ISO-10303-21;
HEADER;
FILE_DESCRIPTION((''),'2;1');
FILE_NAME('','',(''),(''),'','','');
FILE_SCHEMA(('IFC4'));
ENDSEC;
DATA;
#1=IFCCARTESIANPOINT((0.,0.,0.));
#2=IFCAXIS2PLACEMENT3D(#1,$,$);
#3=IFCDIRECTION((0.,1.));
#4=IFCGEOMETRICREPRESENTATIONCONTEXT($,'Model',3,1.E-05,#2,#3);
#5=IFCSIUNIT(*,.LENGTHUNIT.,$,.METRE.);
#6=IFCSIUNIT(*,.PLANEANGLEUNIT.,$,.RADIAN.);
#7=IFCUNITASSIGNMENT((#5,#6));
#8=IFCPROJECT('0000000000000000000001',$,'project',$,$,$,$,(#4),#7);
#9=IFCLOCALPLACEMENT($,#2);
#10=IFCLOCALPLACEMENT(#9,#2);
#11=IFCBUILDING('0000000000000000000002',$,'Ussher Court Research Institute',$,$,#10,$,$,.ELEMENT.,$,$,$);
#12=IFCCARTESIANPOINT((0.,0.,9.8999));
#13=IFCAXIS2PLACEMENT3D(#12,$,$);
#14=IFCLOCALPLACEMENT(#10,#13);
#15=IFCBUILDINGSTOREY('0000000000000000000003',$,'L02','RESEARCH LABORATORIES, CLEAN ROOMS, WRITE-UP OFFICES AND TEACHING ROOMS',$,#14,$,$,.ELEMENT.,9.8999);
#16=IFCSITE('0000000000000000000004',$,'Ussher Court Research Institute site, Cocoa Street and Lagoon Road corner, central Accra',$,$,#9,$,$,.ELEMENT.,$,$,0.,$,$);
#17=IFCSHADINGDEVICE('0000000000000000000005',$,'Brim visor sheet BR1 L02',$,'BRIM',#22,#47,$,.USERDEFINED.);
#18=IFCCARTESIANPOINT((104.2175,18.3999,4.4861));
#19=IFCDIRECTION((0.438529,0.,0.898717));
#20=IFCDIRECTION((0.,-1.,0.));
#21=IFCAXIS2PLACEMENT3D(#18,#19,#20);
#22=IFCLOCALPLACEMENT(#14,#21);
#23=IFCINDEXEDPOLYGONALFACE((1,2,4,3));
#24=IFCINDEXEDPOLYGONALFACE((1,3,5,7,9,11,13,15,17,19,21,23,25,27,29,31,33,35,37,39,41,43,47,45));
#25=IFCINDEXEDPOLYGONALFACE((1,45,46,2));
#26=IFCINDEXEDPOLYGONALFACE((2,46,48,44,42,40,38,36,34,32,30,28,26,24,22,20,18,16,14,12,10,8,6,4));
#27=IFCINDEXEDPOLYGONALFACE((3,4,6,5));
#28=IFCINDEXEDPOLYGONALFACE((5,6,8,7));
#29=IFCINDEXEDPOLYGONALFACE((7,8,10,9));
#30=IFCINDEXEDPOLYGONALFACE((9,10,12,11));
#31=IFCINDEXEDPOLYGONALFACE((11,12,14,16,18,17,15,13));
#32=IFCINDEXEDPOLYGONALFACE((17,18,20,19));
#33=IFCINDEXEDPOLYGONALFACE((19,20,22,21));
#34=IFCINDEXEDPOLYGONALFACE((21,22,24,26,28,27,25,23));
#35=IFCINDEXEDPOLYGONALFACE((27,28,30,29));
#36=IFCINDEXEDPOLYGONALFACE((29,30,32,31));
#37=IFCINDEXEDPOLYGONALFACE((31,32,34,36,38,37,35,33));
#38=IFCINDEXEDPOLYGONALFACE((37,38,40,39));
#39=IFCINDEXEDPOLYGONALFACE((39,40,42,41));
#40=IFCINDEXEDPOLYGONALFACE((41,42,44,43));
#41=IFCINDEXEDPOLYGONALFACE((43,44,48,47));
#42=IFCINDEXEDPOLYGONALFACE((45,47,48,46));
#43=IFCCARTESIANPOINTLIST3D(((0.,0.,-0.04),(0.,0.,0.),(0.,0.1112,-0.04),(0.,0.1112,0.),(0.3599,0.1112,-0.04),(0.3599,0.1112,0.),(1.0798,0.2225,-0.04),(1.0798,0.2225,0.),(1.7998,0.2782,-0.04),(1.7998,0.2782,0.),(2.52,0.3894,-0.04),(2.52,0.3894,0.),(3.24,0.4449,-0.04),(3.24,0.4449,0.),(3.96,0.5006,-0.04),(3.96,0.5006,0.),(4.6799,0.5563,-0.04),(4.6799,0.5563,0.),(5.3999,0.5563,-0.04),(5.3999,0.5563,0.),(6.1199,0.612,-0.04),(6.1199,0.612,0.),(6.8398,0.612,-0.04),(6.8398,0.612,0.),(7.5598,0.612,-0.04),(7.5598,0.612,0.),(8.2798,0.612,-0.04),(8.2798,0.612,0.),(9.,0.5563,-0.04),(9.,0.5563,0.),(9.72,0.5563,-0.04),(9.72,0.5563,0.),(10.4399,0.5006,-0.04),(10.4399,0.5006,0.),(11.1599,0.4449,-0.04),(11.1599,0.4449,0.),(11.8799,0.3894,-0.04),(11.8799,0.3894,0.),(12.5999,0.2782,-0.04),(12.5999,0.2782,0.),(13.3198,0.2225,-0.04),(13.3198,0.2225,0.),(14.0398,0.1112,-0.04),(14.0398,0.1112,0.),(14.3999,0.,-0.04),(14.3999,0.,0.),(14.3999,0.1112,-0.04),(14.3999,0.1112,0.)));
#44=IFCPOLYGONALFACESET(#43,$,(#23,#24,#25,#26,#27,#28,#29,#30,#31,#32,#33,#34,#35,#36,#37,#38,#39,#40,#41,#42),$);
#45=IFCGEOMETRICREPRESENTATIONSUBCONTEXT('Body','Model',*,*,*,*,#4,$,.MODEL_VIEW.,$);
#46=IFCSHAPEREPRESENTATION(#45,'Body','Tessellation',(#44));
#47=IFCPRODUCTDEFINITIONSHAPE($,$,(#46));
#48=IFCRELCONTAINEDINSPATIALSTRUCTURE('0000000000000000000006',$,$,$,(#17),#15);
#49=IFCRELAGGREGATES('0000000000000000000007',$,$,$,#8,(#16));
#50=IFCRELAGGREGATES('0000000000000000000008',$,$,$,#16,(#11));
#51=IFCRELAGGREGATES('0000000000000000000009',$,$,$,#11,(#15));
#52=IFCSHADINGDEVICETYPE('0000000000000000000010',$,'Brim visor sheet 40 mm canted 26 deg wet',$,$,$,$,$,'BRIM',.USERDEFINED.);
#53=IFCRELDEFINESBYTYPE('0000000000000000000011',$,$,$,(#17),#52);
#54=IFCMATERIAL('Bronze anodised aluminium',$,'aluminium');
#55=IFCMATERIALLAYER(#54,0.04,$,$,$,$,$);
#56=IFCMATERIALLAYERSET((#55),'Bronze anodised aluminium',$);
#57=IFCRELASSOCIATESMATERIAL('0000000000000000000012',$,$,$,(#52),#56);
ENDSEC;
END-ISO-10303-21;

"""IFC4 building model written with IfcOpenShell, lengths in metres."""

from ifc_helpers import new_model, si_unit, direction, frame, origin, place, context, subcontext, project, spatial, polyline, outline, extrude, material, layer, layer_set, type_object, element, save


model = new_model("IFC4")

# Units and contexts
model_context = context("Model", 3, precision=1e-05, world=origin(), true_north=direction((0.0, 1.0)))
body_context = subcontext(model_context, "Body", "Model", "MODEL_VIEW")
ifc_project = project(units=[si_unit("LENGTHUNIT", "METRE"), si_unit("PLANEANGLEUNIT", "RADIAN")], contexts=[model_context])

# Site, building, storey
site_placement = place(None, origin())
site = spatial("IfcSite", under=ifc_project, at=site_placement, Name="Ussher Court Research Institute site, Cocoa Street and Lagoon Road corner, central Accra", CompositionType="ELEMENT", RefElevation=0.0)
building_placement = place(site_placement, origin())
building = spatial("IfcBuilding", under=site, at=building_placement, Name="Ussher Court Research Institute", CompositionType="ELEMENT")
storey_placement = place(building_placement, frame((0.0, 0.0, 9.8999)))
storey = spatial("IfcBuildingStorey", under=building, at=storey_placement, Name="L02", Description="RESEARCH LABORATORIES, CLEAN ROOMS, WRITE-UP OFFICES AND TEACHING ROOMS", CompositionType="ELEMENT", Elevation=9.8999)

# Shading device
ifc_material_1 = material(Name="Bronze anodised aluminium", Category="aluminium")
ifc_layer_1 = layer(ifc_material_1, 0.04)
ifc_layer_set_1 = layer_set([ifc_layer_1], Name="Bronze anodised aluminium")
shading_device_type_1 = type_object("IfcShadingDeviceType", Name="Brim visor sheet 40 mm canted 26 deg wet", ElementType="BRIM", PredefinedType="USERDEFINED", material=ifc_layer_set_1)
shading_device_1_placement = place(storey_placement, frame((104.2175, 18.3999, 4.4861), z_axis=(0.438529, 0.0, 0.898717), x_axis=(0.0, -1.0, 0.0)))
element("IfcShadingDevice", 1, at=shading_device_1_placement, inside=storey, type_object=shading_device_type_1, Name="Brim visor sheet BR1 L02", ObjectType="BRIM", PredefinedType="USERDEFINED", context=body_context, shape_type="SweptSolid", body=[
    extrude(outline(polyline([(0.0, 0.0), (14.3999, 0.0), (14.3999, 0.1112), (14.0398, 0.1112), (13.3198, 0.2225), (12.5999, 0.2782), (11.8799, 0.3894), (11.1599, 0.4449), (10.4399, 0.5006), (9.72, 0.5563), (9.0, 0.5563), (8.2798, 0.612), (7.5598, 0.612), (6.8398, 0.612), (6.1199, 0.612), (5.3999, 0.5563), (4.6799, 0.5563), (3.96, 0.5006), (3.24, 0.4449), (2.52, 0.3894), (1.7998, 0.2782), (1.0798, 0.2225), (0.3599, 0.1112), (0.0, 0.1112), (0.0, 0.0)])), origin(), (0.0, 0.0, -1.0), 0.04),
])

save(model, "model.ifc")
